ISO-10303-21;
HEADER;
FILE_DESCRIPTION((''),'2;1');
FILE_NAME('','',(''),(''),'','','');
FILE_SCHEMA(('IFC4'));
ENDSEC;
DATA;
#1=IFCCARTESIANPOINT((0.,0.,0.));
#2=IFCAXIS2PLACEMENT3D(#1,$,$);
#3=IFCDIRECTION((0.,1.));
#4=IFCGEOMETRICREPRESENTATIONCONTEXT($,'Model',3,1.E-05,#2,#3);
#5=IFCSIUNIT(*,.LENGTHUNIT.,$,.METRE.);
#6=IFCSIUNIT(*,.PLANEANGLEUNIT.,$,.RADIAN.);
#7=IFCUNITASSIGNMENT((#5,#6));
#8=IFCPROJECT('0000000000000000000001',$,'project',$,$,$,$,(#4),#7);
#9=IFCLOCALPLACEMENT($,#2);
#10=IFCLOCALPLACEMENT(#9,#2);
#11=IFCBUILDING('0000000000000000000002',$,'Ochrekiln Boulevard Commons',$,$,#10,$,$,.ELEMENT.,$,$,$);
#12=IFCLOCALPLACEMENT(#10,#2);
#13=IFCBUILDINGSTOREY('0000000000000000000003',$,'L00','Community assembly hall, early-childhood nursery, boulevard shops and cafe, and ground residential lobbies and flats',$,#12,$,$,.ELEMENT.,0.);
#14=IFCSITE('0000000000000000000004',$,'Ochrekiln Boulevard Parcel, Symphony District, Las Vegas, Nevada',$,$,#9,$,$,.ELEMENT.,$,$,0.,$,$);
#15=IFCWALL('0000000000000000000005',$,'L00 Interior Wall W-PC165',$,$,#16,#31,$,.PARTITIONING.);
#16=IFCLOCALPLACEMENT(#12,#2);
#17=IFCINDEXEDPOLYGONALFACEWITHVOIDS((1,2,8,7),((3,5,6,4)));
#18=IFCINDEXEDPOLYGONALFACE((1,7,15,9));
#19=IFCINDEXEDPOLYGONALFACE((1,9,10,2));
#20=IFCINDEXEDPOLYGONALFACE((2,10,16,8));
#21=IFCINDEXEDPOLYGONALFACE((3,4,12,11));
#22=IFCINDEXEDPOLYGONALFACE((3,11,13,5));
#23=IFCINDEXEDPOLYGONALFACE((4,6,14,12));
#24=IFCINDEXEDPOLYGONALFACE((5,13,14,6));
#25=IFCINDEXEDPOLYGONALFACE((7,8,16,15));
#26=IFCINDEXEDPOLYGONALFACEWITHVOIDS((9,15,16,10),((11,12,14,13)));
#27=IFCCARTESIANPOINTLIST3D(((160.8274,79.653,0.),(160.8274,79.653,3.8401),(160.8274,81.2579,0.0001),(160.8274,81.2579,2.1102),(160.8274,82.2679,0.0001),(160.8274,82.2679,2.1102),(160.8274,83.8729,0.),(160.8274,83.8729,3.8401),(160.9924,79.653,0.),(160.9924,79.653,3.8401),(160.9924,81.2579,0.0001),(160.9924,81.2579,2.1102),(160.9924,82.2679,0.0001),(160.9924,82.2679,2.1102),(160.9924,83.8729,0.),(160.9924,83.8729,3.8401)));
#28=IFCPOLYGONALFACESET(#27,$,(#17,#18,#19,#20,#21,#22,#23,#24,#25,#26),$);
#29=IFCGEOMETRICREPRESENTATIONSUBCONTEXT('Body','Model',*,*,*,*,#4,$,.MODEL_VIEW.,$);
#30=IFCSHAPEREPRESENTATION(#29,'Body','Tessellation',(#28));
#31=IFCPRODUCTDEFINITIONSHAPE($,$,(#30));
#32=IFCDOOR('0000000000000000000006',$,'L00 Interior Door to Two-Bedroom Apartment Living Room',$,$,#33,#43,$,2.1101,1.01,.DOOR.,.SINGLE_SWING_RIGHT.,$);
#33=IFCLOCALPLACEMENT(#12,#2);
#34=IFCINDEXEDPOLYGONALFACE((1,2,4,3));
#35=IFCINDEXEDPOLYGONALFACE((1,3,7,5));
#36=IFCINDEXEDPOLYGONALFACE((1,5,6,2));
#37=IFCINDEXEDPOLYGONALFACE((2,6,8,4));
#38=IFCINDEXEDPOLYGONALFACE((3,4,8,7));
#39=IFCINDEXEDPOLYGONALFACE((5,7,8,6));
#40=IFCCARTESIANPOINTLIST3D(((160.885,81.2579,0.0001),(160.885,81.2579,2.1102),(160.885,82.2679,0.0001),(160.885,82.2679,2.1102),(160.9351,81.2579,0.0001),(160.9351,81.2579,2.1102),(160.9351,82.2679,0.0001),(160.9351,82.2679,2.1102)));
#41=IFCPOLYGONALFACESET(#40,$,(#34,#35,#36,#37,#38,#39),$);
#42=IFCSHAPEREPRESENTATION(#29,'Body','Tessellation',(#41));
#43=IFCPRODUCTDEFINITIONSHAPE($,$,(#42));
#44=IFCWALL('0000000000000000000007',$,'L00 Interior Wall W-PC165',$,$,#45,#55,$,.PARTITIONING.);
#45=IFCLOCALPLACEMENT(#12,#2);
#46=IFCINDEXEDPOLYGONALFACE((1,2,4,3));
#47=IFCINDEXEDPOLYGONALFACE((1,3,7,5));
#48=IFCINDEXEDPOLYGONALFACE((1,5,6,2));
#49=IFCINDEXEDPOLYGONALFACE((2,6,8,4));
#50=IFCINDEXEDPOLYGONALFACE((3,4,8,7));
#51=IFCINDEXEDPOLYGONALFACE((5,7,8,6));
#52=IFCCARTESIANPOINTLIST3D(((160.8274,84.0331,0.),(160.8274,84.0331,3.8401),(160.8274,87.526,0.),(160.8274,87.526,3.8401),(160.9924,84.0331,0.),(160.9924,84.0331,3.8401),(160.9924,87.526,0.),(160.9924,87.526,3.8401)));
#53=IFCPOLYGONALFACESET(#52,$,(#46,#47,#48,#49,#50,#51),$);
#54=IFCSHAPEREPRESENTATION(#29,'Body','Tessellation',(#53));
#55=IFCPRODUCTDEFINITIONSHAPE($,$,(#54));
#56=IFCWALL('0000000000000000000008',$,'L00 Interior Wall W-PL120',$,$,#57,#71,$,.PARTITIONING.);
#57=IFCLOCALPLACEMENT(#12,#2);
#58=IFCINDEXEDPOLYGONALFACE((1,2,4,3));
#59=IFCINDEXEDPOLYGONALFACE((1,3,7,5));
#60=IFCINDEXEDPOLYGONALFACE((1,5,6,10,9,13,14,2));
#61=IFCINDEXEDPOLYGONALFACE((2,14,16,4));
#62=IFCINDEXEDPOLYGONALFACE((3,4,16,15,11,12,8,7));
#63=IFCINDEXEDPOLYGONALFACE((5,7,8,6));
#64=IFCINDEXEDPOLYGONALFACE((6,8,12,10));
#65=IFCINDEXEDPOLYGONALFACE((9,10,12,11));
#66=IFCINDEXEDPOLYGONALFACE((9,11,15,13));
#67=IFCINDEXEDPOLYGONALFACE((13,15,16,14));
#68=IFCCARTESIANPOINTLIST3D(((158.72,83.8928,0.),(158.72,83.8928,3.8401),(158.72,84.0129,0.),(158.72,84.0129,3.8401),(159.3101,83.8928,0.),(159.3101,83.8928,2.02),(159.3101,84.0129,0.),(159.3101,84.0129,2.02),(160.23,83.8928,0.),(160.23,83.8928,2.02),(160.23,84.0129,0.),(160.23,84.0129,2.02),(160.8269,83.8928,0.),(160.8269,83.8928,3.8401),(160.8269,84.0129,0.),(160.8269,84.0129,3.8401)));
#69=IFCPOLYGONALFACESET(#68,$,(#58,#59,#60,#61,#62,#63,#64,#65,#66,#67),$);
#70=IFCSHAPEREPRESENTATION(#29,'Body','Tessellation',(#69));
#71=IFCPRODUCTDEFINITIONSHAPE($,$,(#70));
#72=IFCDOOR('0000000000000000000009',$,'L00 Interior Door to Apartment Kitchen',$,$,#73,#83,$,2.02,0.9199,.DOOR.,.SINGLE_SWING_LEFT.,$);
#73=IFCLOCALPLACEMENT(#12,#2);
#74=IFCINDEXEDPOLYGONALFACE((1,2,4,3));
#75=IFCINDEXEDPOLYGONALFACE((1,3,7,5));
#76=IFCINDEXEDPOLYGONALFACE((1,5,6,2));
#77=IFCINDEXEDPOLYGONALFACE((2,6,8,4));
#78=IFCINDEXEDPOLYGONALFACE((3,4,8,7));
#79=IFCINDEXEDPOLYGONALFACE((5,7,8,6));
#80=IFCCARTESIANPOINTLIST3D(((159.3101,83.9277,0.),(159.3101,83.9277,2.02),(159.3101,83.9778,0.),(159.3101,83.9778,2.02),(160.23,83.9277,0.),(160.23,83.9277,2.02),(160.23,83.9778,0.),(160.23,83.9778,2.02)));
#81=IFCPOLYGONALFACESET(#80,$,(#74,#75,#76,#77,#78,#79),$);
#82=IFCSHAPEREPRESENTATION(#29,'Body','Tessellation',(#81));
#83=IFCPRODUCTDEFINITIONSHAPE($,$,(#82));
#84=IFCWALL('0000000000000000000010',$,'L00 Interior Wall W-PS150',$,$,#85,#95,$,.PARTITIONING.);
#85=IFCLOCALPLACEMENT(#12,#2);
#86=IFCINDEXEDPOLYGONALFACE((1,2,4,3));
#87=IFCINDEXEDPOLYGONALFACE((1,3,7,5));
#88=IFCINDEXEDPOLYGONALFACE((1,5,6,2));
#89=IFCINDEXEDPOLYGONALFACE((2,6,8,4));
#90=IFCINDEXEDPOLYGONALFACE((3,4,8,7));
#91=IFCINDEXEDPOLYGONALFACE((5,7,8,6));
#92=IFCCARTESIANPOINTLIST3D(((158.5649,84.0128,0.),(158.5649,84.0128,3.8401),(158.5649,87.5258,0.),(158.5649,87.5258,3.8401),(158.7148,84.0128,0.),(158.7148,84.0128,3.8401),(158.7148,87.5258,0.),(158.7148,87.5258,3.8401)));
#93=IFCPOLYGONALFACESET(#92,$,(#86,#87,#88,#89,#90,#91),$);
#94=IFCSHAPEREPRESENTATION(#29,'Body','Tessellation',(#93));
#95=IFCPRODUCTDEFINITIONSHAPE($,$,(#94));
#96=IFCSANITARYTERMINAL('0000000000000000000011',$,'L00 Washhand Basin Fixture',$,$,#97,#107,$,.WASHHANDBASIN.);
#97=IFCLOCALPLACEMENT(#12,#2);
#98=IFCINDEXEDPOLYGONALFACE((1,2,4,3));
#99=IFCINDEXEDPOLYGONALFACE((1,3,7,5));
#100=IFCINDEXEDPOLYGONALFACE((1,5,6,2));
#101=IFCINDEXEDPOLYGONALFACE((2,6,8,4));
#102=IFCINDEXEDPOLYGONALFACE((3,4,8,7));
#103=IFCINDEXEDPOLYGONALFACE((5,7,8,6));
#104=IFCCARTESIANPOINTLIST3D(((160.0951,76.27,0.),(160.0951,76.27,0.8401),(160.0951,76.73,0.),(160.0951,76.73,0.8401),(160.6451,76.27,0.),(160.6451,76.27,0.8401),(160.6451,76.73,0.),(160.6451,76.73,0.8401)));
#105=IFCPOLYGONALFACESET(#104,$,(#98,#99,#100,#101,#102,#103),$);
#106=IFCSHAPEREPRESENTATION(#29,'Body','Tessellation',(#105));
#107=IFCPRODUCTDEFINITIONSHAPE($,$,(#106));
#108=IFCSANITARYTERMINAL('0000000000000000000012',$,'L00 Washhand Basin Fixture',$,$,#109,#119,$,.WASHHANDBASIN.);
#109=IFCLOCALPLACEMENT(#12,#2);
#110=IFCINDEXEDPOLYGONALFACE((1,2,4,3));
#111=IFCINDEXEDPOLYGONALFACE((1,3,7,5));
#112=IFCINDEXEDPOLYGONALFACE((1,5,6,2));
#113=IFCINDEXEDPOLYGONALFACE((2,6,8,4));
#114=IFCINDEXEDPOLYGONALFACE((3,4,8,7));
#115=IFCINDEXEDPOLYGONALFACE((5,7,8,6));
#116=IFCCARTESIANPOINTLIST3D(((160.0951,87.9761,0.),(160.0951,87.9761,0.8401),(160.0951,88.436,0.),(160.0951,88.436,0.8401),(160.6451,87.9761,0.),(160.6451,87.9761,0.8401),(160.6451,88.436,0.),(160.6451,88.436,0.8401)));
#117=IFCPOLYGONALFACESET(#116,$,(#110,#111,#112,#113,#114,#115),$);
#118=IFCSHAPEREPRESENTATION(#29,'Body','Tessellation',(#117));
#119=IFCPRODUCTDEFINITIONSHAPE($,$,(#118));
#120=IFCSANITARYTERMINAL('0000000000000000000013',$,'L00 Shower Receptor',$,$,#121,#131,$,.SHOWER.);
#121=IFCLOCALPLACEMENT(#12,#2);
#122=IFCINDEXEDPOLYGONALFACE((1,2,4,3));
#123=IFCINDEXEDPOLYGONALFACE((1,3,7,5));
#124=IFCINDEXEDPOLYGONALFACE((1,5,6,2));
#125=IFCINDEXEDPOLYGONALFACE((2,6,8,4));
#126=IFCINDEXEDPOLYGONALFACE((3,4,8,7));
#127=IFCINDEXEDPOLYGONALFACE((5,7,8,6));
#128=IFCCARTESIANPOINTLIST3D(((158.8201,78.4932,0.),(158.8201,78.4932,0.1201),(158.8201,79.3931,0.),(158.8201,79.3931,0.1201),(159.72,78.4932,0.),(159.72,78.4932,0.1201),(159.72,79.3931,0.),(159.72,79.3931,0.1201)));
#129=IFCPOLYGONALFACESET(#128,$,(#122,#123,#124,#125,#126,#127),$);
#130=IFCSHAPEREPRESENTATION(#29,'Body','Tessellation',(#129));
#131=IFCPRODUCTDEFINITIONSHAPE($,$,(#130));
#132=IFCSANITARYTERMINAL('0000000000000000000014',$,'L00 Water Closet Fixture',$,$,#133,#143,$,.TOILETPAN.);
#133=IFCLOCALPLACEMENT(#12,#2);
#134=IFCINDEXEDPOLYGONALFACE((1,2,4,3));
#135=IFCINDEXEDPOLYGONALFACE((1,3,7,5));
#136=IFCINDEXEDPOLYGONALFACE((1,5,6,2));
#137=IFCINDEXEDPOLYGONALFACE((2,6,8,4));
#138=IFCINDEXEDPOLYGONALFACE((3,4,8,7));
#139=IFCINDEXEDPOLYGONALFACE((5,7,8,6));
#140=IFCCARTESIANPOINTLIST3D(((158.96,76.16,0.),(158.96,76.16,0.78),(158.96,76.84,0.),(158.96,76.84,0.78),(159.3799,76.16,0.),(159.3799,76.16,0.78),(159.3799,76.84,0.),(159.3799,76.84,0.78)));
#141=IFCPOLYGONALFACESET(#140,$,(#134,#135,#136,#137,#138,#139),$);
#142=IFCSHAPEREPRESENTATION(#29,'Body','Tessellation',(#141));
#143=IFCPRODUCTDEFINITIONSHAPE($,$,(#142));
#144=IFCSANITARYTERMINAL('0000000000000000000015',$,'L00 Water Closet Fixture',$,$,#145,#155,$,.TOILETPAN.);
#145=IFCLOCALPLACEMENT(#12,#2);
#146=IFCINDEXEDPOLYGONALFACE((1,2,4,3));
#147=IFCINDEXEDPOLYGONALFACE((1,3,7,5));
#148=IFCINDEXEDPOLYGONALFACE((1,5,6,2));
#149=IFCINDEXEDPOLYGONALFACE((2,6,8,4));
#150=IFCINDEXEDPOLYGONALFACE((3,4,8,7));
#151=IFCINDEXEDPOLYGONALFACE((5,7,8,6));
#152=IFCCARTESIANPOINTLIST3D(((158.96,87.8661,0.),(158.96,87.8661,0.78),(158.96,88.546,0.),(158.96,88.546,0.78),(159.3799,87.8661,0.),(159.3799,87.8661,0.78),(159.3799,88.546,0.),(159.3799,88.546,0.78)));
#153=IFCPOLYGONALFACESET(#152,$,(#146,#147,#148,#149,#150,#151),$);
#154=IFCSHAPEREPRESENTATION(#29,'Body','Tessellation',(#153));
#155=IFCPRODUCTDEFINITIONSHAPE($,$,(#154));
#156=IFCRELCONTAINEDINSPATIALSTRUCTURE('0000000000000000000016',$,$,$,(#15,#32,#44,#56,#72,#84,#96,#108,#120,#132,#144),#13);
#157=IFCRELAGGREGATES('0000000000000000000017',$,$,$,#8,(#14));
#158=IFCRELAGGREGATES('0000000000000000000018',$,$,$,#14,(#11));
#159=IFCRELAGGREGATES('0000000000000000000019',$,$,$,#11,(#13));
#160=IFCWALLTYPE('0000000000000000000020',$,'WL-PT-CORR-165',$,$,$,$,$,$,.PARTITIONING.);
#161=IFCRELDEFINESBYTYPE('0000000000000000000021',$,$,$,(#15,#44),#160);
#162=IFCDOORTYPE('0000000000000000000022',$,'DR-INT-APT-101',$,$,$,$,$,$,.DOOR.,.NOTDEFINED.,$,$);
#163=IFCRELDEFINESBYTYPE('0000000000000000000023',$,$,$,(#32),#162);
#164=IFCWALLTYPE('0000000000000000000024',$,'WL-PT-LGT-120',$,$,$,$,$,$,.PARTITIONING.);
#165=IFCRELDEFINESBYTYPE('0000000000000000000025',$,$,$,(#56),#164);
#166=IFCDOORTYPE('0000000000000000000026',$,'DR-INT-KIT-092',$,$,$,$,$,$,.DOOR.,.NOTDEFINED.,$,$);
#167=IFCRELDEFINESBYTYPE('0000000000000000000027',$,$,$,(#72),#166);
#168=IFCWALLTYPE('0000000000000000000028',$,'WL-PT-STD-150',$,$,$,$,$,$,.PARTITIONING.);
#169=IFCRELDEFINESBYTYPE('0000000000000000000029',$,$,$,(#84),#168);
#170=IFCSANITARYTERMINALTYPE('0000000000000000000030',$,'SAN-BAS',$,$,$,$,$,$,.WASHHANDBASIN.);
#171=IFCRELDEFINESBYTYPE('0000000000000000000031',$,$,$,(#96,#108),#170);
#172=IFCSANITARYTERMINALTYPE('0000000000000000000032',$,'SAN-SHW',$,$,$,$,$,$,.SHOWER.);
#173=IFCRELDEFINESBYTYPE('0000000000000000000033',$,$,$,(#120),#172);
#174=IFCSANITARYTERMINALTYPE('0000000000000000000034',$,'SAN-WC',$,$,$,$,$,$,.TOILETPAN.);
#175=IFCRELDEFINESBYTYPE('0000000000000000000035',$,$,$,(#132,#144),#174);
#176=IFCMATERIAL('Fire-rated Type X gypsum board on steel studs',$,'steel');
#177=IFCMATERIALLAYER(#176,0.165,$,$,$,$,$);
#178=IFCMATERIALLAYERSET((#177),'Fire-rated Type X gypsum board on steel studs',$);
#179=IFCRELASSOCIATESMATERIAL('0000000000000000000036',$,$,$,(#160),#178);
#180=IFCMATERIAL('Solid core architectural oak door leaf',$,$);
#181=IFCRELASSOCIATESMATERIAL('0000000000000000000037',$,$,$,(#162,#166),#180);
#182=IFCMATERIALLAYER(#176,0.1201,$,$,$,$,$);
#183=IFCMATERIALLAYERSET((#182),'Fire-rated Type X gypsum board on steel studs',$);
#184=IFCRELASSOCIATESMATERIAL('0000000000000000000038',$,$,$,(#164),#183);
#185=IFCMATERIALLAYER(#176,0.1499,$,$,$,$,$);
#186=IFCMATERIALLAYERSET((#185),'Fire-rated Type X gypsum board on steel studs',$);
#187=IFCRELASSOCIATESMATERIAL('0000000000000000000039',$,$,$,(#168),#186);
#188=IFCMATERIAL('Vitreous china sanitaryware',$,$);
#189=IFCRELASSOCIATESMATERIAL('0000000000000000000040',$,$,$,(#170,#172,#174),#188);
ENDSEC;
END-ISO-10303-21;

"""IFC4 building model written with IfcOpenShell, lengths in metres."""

from ifc_helpers import new_model, si_unit, direction, frame, frame_2d, origin, origin_2d, place, context, subcontext, project, spatial, rectangle, extrude, material, layer, layer_set, type_object, element, fill, save


model = new_model("IFC4")

# Units and contexts
model_context = context("Model", 3, precision=1e-05, world=origin(), true_north=direction((0.0, 1.0)))
body_context = subcontext(model_context, "Body", "Model", "MODEL_VIEW")
ifc_project = project(units=[si_unit("LENGTHUNIT", "METRE"), si_unit("PLANEANGLEUNIT", "RADIAN")], contexts=[model_context])

# Site, building, storey
site_placement = place(None, origin())
site = spatial("IfcSite", under=ifc_project, at=site_placement, Name="Ochrekiln Boulevard Parcel, Symphony District, Las Vegas, Nevada", CompositionType="ELEMENT", RefElevation=0.0)
building_placement = place(site_placement, origin())
building = spatial("IfcBuilding", under=site, at=building_placement, Name="Ochrekiln Boulevard Commons", CompositionType="ELEMENT")
storey_placement = place(building_placement, origin())
storey = spatial("IfcBuildingStorey", under=building, at=storey_placement, Name="L00", Description="Community assembly hall, early-childhood nursery, boulevard shops and cafe, and ground residential lobbies and flats", CompositionType="ELEMENT", Elevation=0.0)

# Shared definitions
ifc_material_1 = material(Name="Solid core architectural oak door leaf")

# Wall, opening, door
ifc_material_2 = material(Name="Fire-rated Type X gypsum board on steel studs", Category="steel")
ifc_layer_1 = layer(ifc_material_2, 0.165)
ifc_layer_set_1 = layer_set([ifc_layer_1], Name="Fire-rated Type X gypsum board on steel studs")
wall_type_1 = type_object("IfcWallType", Name="WL-PT-CORR-165", PredefinedType="PARTITIONING", material=ifc_layer_set_1)
wall_1_placement = place(storey_placement, frame((160.9099, 79.6531, 0.0), z_axis=(0.0, 0.0, 1.0), x_axis=(0.0, 1.0, 0.0)))
wall_1 = element("IfcWall", 1, at=wall_1_placement, inside=storey, type_object=wall_type_1, Name="L00 Interior Wall W-PC165", PredefinedType="PARTITIONING", context=body_context, shape_type="SweptSolid", body=[
    extrude(rectangle(XDim=4.22, YDim=0.165, at=frame_2d((2.1099, 0.0))), origin(), (0.0, 0.0, 1.0), 3.8401),
])
opening_1_placement = place(wall_1_placement, frame((1.605, 0.0, 0.0)))
opening_1 = element("IfcOpeningElement", 2, at=opening_1_placement, cuts=wall_1, PredefinedType="OPENING", context=body_context, shape_type="SweptSolid", body=[
    extrude(rectangle(XDim=1.01, YDim=2.1101, at=frame_2d((0.5049, 1.0552))), frame((0.0, 0.0925, 0.0), z_axis=(0.0, -1.0, 0.0), x_axis=(1.0, 0.0, 0.0)), (0.0, 0.0, 1.0), 0.1851),
])
door_type_1 = type_object("IfcDoorType", Name="DR-INT-APT-101", OperationType="NOTDEFINED", PredefinedType="DOOR", material=ifc_material_1)
door_1_placement = place(opening_1_placement, origin())
door_1 = element("IfcDoor", 3, at=door_1_placement, inside=storey, type_object=door_type_1, Name="L00 Interior Door to Two-Bedroom Apartment Living Room", OperationType="SINGLE_SWING_RIGHT", OverallHeight=2.1101, OverallWidth=1.01, PredefinedType="DOOR", context=body_context, shape_type="SweptSolid", body=[
    extrude(rectangle(XDim=1.01, YDim=2.1101, at=frame_2d((0.5049, 1.0552))), frame((0.0, 0.0249, 0.0), z_axis=(0.0, -1.0, 0.0), x_axis=(1.0, 0.0, 0.0)), (0.0, 0.0, 1.0), 0.05),
])
fill(opening_1, door_1)

# Wall
wall_2_placement = place(storey_placement, frame((160.9099, 84.033, 0.0), z_axis=(0.0, 0.0, 1.0), x_axis=(0.0, 1.0, 0.0)))
element("IfcWall", 4, at=wall_2_placement, inside=storey, type_object=wall_type_1, Name="L00 Interior Wall W-PC165", PredefinedType="PARTITIONING", context=body_context, shape_type="SweptSolid", body=[
    extrude(rectangle(XDim=3.4929, YDim=0.165, at=frame_2d((1.7466, 0.0))), origin(), (0.0, 0.0, 1.0), 3.8401),
])

# Wall, opening, door
ifc_layer_2 = layer(ifc_material_2, 0.1201)
ifc_layer_set_2 = layer_set([ifc_layer_2], Name="Fire-rated Type X gypsum board on steel studs")
wall_type_2 = type_object("IfcWallType", Name="WL-PT-LGT-120", PredefinedType="PARTITIONING", material=ifc_layer_set_2)
wall_3_placement = place(storey_placement, frame((158.72, 83.9529, 0.0), z_axis=(0.0, 0.0, 1.0), x_axis=(1.0, 0.0, 0.0)))
wall_3 = element("IfcWall", 5, at=wall_3_placement, inside=storey, type_object=wall_type_2, Name="L00 Interior Wall W-PL120", PredefinedType="PARTITIONING", context=body_context, shape_type="SweptSolid", body=[
    extrude(rectangle(XDim=2.1069, YDim=0.1201, at=frame_2d((1.0535, 0.0))), origin(), (0.0, 0.0, 1.0), 3.8401),
])
opening_2_placement = place(wall_3_placement, frame((0.5901, 0.0, 0.0)))
opening_2 = element("IfcOpeningElement", 6, at=opening_2_placement, cuts=wall_3, PredefinedType="OPENING", context=body_context, shape_type="SweptSolid", body=[
    extrude(rectangle(XDim=0.9199, YDim=2.02, at=frame_2d((0.46, 1.01))), frame((0.0, 0.0701, 0.0), z_axis=(0.0, -1.0, 0.0), x_axis=(1.0, 0.0, 0.0)), (0.0, 0.0, 1.0), 0.1401),
])
door_type_2 = type_object("IfcDoorType", Name="DR-INT-KIT-092", OperationType="NOTDEFINED", PredefinedType="DOOR", material=ifc_material_1)
door_2_placement = place(opening_2_placement, origin())
door_2 = element("IfcDoor", 7, at=door_2_placement, inside=storey, type_object=door_type_2, Name="L00 Interior Door to Apartment Kitchen", OperationType="SINGLE_SWING_LEFT", OverallHeight=2.02, OverallWidth=0.9199, PredefinedType="DOOR", context=body_context, shape_type="SweptSolid", body=[
    extrude(rectangle(XDim=0.9199, YDim=2.02, at=frame_2d((0.46, 1.01))), frame((0.0, 0.0249, 0.0), z_axis=(0.0, -1.0, 0.0), x_axis=(1.0, 0.0, 0.0)), (0.0, 0.0, 1.0), 0.05),
])
fill(opening_2, door_2)

# Wall
ifc_layer_3 = layer(ifc_material_2, 0.1499)
ifc_layer_set_3 = layer_set([ifc_layer_3], Name="Fire-rated Type X gypsum board on steel studs")
wall_type_3 = type_object("IfcWallType", Name="WL-PT-STD-150", PredefinedType="PARTITIONING", material=ifc_layer_set_3)
wall_4_placement = place(storey_placement, frame((158.6399, 84.0129, 0.0), z_axis=(0.0, 0.0, 1.0), x_axis=(0.0, 1.0, 0.0)))
element("IfcWall", 8, at=wall_4_placement, inside=storey, type_object=wall_type_3, Name="L00 Interior Wall W-PS150", PredefinedType="PARTITIONING", context=body_context, shape_type="SweptSolid", body=[
    extrude(rectangle(XDim=3.5129, YDim=0.1499, at=frame_2d((1.7563, 0.0))), origin(), (0.0, 0.0, 1.0), 3.8401),
])

# Sanitary terminals
ifc_material_3 = material(Name="Vitreous china sanitaryware")
sanitary_terminal_type_1 = type_object("IfcSanitaryTerminalType", Name="SAN-BAS", PredefinedType="WASHHANDBASIN", material=ifc_material_3)
for number, where, z_axis, x_axis, name in (
    (9, (160.3701, 76.5, 0.0), (0.0, 0.0, 1.0), (1.0, 0.0, 0.0), "L00 Washhand Basin Fixture"),
    (10, (160.3701, 88.2061, 0.0), (0.0, 0.0, 1.0), (1.0, 0.0, 0.0), "L00 Washhand Basin Fixture"),
):
    element("IfcSanitaryTerminal", number, at=place(storey_placement, frame(where, z_axis=z_axis, x_axis=x_axis)), inside=storey, type_object=sanitary_terminal_type_1, Name=name, PredefinedType="WASHHANDBASIN", context=body_context, shape_type="SweptSolid", body=[
        extrude(rectangle(XDim=0.55, YDim=0.46, at=origin_2d()), origin(), (0.0, 0.0, 1.0), 0.8401),
    ])
sanitary_terminal_type_2 = type_object("IfcSanitaryTerminalType", Name="SAN-SHW", PredefinedType="SHOWER", material=ifc_material_3)
sanitary_terminal_placement = place(storey_placement, frame((159.27, 78.9431, 0.0), z_axis=(0.0, 0.0, 1.0), x_axis=(1.0, 0.0, 0.0)))
element("IfcSanitaryTerminal", 11, at=sanitary_terminal_placement, inside=storey, type_object=sanitary_terminal_type_2, Name="L00 Shower Receptor", PredefinedType="SHOWER", context=body_context, shape_type="SweptSolid", body=[
    extrude(rectangle(XDim=0.8999, YDim=0.8999, at=origin_2d()), origin(), (0.0, 0.0, 1.0), 0.1201),
])
sanitary_terminal_type_3 = type_object("IfcSanitaryTerminalType", Name="SAN-WC", PredefinedType="TOILETPAN", material=ifc_material_3)
for number, where, z_axis, x_axis, name in (
    (12, (159.1699, 76.5, 0.0), (0.0, 0.0, 1.0), (1.0, 0.0, 0.0), "L00 Water Closet Fixture"),
    (13, (159.1699, 88.2061, 0.0), (0.0, 0.0, 1.0), (1.0, 0.0, 0.0), "L00 Water Closet Fixture"),
):
    element("IfcSanitaryTerminal", number, at=place(storey_placement, frame(where, z_axis=z_axis, x_axis=x_axis)), inside=storey, type_object=sanitary_terminal_type_3, Name=name, PredefinedType="TOILETPAN", context=body_context, shape_type="SweptSolid", body=[
        extrude(rectangle(XDim=0.4199, YDim=0.6799, at=origin_2d()), origin(), (0.0, 0.0, 1.0), 0.78),
    ])

save(model, "model.ifc")
